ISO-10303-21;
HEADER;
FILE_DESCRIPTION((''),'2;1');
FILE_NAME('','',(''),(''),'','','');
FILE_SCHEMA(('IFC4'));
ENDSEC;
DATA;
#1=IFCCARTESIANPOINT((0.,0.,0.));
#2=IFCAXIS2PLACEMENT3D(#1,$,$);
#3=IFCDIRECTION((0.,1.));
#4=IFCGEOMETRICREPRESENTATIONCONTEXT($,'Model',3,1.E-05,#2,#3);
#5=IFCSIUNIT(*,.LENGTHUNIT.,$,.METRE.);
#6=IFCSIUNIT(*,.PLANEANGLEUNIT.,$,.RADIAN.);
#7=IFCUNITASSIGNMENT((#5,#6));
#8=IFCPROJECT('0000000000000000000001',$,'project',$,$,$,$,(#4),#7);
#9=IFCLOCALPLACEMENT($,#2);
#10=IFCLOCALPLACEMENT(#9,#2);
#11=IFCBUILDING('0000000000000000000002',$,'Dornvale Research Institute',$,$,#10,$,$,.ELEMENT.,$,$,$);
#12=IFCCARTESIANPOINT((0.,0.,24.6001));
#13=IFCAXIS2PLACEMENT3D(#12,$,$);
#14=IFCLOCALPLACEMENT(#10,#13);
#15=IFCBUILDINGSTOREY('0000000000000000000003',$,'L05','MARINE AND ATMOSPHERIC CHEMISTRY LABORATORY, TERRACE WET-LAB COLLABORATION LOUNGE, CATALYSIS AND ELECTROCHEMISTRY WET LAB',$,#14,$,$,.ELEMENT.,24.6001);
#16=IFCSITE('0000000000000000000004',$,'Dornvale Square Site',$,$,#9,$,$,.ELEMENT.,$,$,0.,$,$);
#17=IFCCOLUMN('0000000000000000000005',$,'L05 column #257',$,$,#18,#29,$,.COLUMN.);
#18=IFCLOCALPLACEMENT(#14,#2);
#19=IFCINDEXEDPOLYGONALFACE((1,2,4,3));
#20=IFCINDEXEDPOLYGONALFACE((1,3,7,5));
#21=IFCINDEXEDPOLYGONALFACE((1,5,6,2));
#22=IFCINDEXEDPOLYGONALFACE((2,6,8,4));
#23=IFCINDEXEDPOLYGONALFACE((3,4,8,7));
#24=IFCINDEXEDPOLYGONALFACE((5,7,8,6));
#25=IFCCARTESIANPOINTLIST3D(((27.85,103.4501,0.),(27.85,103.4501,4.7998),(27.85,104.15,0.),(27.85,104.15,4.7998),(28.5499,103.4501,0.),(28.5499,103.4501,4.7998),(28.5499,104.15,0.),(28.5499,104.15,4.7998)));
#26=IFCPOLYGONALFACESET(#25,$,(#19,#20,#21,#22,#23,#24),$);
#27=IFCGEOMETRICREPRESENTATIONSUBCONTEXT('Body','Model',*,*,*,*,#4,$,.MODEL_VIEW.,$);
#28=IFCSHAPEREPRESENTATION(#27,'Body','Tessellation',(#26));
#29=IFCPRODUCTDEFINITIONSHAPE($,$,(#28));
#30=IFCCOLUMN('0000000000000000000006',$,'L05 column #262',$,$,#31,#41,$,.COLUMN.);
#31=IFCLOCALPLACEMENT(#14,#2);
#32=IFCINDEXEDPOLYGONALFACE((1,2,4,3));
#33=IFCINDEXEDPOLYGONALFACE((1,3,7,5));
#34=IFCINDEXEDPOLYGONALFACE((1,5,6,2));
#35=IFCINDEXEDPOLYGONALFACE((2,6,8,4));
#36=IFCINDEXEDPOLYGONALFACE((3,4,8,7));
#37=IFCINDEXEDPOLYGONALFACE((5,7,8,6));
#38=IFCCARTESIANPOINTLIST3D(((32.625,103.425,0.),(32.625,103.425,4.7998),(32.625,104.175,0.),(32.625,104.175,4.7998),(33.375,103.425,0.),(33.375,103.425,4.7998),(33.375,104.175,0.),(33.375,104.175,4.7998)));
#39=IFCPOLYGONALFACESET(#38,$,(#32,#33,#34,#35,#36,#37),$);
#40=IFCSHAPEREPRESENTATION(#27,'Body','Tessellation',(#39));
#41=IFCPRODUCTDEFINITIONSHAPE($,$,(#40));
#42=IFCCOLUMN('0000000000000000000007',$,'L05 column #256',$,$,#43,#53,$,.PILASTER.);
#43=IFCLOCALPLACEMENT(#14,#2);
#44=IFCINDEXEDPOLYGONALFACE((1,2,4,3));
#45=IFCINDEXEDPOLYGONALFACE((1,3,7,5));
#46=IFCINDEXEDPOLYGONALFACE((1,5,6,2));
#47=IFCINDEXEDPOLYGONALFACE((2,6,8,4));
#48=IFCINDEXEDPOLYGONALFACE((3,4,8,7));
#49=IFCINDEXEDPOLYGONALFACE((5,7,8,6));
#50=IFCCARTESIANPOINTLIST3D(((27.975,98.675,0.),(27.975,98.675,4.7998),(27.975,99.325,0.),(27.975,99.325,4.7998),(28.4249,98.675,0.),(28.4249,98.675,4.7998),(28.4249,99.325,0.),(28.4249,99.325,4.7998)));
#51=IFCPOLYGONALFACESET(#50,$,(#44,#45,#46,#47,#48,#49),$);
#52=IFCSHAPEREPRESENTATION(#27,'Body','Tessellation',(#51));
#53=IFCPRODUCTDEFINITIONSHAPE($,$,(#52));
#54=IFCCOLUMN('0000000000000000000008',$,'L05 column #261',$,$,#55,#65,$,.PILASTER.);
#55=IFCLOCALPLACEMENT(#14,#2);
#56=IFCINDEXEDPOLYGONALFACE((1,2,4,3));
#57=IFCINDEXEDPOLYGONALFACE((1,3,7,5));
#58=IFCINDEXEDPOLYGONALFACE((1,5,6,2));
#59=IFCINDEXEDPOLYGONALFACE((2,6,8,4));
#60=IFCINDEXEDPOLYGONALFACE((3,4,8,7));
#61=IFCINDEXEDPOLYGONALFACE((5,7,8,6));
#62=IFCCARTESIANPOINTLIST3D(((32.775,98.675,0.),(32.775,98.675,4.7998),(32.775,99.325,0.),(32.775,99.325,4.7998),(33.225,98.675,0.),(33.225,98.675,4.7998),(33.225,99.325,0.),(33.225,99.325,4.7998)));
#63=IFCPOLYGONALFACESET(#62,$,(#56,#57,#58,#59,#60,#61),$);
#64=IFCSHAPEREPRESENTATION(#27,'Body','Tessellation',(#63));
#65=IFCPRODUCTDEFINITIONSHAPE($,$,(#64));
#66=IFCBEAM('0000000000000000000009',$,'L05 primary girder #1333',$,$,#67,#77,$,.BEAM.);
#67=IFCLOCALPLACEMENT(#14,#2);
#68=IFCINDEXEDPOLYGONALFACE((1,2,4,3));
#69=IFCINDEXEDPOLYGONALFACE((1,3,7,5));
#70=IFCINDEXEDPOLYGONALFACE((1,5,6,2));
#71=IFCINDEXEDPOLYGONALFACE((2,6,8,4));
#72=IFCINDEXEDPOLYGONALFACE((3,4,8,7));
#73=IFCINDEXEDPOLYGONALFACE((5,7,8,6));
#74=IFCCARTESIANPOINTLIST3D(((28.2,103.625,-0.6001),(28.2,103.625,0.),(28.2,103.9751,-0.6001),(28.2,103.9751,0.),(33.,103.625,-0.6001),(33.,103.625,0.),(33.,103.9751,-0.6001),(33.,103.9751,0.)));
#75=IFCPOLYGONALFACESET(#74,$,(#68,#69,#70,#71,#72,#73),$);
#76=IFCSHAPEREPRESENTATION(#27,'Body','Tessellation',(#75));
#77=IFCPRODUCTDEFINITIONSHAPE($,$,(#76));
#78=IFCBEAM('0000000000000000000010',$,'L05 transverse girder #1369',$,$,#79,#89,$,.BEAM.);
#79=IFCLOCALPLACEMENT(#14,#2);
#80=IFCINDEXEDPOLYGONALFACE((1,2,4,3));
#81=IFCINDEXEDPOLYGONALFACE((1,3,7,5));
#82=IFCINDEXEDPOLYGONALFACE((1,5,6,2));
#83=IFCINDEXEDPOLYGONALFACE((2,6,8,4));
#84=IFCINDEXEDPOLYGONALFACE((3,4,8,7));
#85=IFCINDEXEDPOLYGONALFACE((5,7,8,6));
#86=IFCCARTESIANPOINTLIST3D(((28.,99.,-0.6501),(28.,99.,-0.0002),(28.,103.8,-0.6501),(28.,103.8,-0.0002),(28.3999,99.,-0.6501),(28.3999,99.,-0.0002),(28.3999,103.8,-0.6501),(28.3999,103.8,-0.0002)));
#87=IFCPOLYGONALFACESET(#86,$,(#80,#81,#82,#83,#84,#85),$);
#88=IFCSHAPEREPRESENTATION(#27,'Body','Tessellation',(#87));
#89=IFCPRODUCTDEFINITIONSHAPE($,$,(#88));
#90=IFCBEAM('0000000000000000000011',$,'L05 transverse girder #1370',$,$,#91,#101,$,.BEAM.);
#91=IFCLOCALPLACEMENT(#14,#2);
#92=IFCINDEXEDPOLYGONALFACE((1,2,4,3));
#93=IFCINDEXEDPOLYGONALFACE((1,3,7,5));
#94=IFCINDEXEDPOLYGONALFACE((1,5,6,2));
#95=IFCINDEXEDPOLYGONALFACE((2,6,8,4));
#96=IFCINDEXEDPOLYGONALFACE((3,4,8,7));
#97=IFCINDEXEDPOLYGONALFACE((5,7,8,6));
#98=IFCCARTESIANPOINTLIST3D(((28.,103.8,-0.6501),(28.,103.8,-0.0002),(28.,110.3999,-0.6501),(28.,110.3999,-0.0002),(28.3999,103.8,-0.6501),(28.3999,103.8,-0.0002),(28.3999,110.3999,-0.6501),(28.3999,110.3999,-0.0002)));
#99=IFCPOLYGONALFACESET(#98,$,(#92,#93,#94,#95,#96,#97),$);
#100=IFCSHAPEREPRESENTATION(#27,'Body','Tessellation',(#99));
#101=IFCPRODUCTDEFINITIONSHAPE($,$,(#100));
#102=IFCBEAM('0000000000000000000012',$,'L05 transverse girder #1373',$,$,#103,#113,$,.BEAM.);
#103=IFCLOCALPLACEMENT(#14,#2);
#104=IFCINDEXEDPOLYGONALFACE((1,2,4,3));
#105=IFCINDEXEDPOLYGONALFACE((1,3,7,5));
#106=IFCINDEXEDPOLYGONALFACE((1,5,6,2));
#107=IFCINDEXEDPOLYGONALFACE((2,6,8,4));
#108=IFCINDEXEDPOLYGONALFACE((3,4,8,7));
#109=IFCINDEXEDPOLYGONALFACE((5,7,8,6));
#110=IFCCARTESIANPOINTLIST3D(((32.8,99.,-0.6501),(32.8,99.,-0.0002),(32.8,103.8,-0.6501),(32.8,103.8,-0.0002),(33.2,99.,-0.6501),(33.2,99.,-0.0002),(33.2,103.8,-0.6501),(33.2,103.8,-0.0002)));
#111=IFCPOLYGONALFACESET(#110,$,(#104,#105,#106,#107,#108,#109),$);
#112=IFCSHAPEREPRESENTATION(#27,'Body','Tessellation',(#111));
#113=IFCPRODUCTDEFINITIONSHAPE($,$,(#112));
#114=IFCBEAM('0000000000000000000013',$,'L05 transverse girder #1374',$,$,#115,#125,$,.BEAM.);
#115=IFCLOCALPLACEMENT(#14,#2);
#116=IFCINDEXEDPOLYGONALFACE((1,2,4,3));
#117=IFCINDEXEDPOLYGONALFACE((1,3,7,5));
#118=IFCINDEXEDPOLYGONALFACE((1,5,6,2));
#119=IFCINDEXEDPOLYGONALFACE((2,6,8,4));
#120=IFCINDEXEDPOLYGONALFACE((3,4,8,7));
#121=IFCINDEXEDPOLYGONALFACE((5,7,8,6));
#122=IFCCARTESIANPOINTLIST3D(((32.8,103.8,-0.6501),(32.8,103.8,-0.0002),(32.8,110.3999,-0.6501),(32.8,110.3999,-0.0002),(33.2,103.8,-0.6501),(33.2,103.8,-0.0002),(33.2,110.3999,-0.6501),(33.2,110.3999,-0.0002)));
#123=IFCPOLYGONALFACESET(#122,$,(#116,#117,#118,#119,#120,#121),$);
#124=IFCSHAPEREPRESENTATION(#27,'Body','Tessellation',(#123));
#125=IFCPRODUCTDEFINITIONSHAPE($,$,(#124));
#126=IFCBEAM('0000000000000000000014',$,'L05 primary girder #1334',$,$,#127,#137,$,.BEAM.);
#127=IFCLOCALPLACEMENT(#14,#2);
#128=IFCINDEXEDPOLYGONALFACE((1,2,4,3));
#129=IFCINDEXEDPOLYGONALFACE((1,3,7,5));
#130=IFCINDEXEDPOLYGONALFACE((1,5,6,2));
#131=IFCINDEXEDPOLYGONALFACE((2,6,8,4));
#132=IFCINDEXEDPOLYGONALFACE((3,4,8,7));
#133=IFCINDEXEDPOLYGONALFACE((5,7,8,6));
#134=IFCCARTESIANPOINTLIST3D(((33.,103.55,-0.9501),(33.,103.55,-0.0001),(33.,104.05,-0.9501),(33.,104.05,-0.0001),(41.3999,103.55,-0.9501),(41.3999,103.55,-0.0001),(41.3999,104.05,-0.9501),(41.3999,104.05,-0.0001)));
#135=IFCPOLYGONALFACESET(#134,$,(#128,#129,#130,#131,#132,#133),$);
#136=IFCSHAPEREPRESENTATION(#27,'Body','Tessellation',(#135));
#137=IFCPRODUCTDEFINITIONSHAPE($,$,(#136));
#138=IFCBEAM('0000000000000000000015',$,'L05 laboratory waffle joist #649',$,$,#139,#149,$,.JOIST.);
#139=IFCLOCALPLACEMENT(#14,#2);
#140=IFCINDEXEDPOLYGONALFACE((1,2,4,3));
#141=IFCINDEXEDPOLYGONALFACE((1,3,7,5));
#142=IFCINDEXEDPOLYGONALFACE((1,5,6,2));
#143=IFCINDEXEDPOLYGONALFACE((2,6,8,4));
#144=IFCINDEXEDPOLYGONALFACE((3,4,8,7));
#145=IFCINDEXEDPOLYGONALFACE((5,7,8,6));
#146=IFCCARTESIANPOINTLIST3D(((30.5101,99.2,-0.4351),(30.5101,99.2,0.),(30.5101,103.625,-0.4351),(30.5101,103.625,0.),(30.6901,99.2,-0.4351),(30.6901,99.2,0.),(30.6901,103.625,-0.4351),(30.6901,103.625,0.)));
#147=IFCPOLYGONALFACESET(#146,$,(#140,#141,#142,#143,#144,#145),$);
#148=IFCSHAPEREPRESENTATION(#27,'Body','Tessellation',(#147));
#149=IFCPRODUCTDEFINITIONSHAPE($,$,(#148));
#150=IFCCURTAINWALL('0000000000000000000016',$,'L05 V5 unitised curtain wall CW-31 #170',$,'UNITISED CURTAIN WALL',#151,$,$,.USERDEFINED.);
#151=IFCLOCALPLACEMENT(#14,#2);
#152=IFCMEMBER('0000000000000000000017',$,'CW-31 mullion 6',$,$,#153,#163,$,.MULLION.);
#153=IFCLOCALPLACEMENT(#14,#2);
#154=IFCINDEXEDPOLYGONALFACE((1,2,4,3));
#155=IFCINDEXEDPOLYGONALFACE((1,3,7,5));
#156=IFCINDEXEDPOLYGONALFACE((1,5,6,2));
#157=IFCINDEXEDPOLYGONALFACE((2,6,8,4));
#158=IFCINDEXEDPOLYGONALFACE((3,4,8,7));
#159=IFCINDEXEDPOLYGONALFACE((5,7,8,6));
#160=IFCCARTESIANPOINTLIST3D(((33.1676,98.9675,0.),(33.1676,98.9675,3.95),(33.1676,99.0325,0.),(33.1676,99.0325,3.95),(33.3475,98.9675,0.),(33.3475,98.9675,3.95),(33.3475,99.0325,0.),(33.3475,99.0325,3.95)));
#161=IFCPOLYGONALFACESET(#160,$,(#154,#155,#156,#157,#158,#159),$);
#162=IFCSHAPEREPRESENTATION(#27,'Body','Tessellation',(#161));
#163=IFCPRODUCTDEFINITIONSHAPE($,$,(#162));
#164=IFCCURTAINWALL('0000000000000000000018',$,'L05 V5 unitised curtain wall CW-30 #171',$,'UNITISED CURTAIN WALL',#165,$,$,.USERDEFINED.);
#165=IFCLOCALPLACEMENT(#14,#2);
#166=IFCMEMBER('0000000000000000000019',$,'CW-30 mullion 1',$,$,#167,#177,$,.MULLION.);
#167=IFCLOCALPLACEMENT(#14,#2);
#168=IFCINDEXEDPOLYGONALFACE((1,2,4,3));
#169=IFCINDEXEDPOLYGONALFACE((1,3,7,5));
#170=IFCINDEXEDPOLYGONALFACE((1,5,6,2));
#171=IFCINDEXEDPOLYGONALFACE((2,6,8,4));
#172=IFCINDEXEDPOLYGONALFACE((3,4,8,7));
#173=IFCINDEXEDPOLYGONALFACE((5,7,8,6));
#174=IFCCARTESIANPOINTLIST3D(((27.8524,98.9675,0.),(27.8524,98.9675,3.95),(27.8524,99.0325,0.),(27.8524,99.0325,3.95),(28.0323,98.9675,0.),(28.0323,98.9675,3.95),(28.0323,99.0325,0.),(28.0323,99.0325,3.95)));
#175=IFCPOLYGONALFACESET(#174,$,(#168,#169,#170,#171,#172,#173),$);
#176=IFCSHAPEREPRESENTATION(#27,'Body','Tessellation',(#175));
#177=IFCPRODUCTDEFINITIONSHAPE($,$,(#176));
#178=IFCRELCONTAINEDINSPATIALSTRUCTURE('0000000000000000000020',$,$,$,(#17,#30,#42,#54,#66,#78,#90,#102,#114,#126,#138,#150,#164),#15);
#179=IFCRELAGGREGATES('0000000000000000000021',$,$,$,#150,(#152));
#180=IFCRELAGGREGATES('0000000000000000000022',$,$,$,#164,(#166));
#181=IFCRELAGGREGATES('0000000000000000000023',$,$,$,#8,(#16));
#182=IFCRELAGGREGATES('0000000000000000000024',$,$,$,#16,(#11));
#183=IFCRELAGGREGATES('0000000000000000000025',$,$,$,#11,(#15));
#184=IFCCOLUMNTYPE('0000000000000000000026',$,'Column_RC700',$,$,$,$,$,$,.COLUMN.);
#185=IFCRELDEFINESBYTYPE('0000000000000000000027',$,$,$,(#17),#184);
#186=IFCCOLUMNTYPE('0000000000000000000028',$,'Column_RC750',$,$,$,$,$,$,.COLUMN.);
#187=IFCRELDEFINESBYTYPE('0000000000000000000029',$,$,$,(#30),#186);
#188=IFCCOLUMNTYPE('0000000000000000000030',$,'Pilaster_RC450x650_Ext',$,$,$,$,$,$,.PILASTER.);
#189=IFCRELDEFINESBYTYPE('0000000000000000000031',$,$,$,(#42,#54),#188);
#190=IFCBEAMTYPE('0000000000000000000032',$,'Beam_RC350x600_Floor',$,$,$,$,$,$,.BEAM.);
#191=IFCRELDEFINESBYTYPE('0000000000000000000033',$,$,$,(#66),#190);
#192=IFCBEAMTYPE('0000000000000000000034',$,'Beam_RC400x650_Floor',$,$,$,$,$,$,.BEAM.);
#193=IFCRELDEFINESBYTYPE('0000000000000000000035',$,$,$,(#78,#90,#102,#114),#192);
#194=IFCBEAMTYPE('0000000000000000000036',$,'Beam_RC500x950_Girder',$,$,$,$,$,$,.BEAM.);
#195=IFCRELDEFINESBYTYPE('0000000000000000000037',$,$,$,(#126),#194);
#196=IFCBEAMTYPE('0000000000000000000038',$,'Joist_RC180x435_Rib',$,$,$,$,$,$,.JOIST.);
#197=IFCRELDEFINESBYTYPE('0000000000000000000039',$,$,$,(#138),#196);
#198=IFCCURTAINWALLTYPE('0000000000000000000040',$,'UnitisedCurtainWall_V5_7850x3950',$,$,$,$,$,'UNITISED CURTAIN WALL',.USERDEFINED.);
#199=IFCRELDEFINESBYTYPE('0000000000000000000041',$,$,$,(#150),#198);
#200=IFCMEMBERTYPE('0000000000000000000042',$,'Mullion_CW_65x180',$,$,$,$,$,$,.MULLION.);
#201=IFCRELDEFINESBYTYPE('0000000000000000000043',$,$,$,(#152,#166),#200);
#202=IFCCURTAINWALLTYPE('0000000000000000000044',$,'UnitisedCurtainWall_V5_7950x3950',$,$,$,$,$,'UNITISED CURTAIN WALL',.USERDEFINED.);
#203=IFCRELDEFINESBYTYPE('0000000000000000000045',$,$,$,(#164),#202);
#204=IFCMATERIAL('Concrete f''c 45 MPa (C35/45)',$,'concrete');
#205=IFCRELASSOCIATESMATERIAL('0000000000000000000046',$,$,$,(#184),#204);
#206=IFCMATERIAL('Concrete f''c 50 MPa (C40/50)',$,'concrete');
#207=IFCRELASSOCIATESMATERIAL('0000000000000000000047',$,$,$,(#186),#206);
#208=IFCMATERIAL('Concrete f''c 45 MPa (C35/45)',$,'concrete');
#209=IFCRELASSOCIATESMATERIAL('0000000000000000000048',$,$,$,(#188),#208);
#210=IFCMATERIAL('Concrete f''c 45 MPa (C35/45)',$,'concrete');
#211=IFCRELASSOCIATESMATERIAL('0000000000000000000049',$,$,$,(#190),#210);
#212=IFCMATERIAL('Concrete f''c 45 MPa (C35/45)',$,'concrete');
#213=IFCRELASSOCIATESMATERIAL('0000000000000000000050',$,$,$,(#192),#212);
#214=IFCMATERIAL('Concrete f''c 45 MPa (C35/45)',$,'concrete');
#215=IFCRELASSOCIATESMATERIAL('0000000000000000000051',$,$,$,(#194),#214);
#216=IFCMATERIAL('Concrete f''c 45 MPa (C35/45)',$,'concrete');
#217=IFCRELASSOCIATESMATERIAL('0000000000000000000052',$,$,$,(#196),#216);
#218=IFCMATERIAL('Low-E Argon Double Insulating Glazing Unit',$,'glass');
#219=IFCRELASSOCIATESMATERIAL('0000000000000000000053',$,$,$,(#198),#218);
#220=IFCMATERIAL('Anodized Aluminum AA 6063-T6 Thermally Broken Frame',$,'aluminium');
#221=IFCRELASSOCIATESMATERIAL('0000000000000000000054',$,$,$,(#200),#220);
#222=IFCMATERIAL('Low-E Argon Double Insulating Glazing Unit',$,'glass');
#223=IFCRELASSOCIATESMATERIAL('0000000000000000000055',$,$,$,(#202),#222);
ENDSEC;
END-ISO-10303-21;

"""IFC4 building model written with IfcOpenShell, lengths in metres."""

from ifc_helpers import new_model, si_unit, direction, frame, origin, origin_2d, place, context, subcontext, project, spatial, rectangle, extrude, material, material_profile, profile_set, type_object, element, aggregate, save


model = new_model("IFC4")

# Units and contexts
model_context = context("Model", 3, precision=1e-05, world=origin(), true_north=direction((0.0, 1.0)))
body_context = subcontext(model_context, "Body", "Model", "MODEL_VIEW")
ifc_project = project(units=[si_unit("LENGTHUNIT", "METRE"), si_unit("PLANEANGLEUNIT", "RADIAN")], contexts=[model_context])

# Site, building, storey
site_placement = place(None, origin())
site = spatial("IfcSite", under=ifc_project, at=site_placement, Name="Dornvale Square Site", CompositionType="ELEMENT", RefElevation=0.0)
building_placement = place(site_placement, origin())
building = spatial("IfcBuilding", under=site, at=building_placement, Name="Dornvale Research Institute", CompositionType="ELEMENT")
storey_placement = place(building_placement, frame((0.0, 0.0, 24.6001)))
storey = spatial("IfcBuildingStorey", under=building, at=storey_placement, Name="L05", Description="MARINE AND ATMOSPHERIC CHEMISTRY LABORATORY, TERRACE WET-LAB COLLABORATION LOUNGE, CATALYSIS AND ELECTROCHEMISTRY WET LAB", CompositionType="ELEMENT", Elevation=24.6001)

# Columns
ifc_material_1 = material(Name="Concrete f'c 45 MPa (C35/45)", Category="concrete")
ifc_material_profile_1 = material_profile(ifc_material_1, rectangle(XDim=0.7, YDim=0.7, at=origin_2d()), Name="RC 700x700")
ifc_profile_set_1 = profile_set([ifc_material_profile_1], Name="Concrete f'c 45 MPa (C35/45)")
column_type_1 = type_object("IfcColumnType", Name="Column_RC700", PredefinedType="COLUMN", material=ifc_profile_set_1)
column_1_placement = place(storey_placement, frame((28.2, 103.8, 0.0), z_axis=(0.0, 0.0, 1.0), x_axis=(1.0, 0.0, 0.0)))
element("IfcColumn", 1, at=column_1_placement, inside=storey, type_object=column_type_1, Name="L05 column #257", PredefinedType="COLUMN", context=body_context, shape_type="SweptSolid", body=[
    extrude(rectangle(XDim=0.7, YDim=0.7, at=origin_2d()), origin(), (0.0, 0.0, 1.0), 4.7998),
])
ifc_material_2 = material(Name="Concrete f'c 50 MPa (C40/50)", Category="concrete")
ifc_material_profile_2 = material_profile(ifc_material_2, rectangle(XDim=0.75, YDim=0.75, at=origin_2d()), Name="RC 750x750")
ifc_profile_set_2 = profile_set([ifc_material_profile_2], Name="Concrete f'c 50 MPa (C40/50)")
column_type_2 = type_object("IfcColumnType", Name="Column_RC750", PredefinedType="COLUMN", material=ifc_profile_set_2)
column_2_placement = place(storey_placement, frame((33.0, 103.8, 0.0), z_axis=(0.0, 0.0, 1.0), x_axis=(1.0, 0.0, 0.0)))
element("IfcColumn", 2, at=column_2_placement, inside=storey, type_object=column_type_2, Name="L05 column #262", PredefinedType="COLUMN", context=body_context, shape_type="SweptSolid", body=[
    extrude(rectangle(XDim=0.75, YDim=0.75, at=origin_2d()), origin(), (0.0, 0.0, 1.0), 4.7998),
])
ifc_material_3 = material(Name="Concrete f'c 45 MPa (C35/45)", Category="concrete")
ifc_material_profile_3 = material_profile(ifc_material_3, rectangle(XDim=0.45, YDim=0.6499, at=origin_2d()), Name="RC 450x650")
ifc_profile_set_3 = profile_set([ifc_material_profile_3], Name="Concrete f'c 45 MPa (C35/45)")
column_type_3 = type_object("IfcColumnType", Name="Pilaster_RC450x650_Ext", PredefinedType="PILASTER", material=ifc_profile_set_3)
for number, where, z_axis, x_axis, name in (
    (3, (28.2, 99.0, 0.0), (0.0, 0.0, 1.0), (1.0, 0.0, 0.0), "L05 column #256"),
    (4, (33.0, 99.0, 0.0), (0.0, 0.0, 1.0), (1.0, 0.0, 0.0), "L05 column #261"),
):
    element("IfcColumn", number, at=place(storey_placement, frame(where, z_axis=z_axis, x_axis=x_axis)), inside=storey, type_object=column_type_3, Name=name, PredefinedType="PILASTER", context=body_context, shape_type="SweptSolid", body=[
        extrude(rectangle(XDim=0.45, YDim=0.6499, at=origin_2d()), origin(), (0.0, 0.0, 1.0), 4.7998),
    ])

# Beams
ifc_material_4 = material(Name="Concrete f'c 45 MPa (C35/45)", Category="concrete")
ifc_material_profile_4 = material_profile(ifc_material_4, rectangle(XDim=0.3501, YDim=0.6001, at=origin_2d()), Name="RC 350x600")
ifc_profile_set_4 = profile_set([ifc_material_profile_4], Name="Concrete f'c 45 MPa (C35/45)")
beam_type_1 = type_object("IfcBeamType", Name="Beam_RC350x600_Floor", PredefinedType="BEAM", material=ifc_profile_set_4)
beam_1_placement = place(storey_placement, frame((28.2, 103.8, -0.3), z_axis=(1.0, 0.0, 0.0), x_axis=(0.0, 1.0, 0.0)))
element("IfcBeam", 5, at=beam_1_placement, inside=storey, type_object=beam_type_1, Name="L05 primary girder #1333", PredefinedType="BEAM", context=body_context, shape_type="SweptSolid", body=[
    extrude(rectangle(XDim=0.3501, YDim=0.6001, at=origin_2d()), origin(), (0.0, 0.0, 1.0), 4.8),
])
ifc_material_5 = material(Name="Concrete f'c 45 MPa (C35/45)", Category="concrete")
ifc_material_profile_5 = material_profile(ifc_material_5, rectangle(XDim=0.3999, YDim=0.6499, at=origin_2d()), Name="RC 400x650")
ifc_profile_set_5 = profile_set([ifc_material_profile_5], Name="Concrete f'c 45 MPa (C35/45)")
beam_type_2 = type_object("IfcBeamType", Name="Beam_RC400x650_Floor", PredefinedType="BEAM", material=ifc_profile_set_5)
beam_2_placement = place(storey_placement, frame((28.2, 99.0, -0.3252), z_axis=(0.0, 1.0, 0.0), x_axis=(-1.0, 0.0, 0.0)))
element("IfcBeam", 6, at=beam_2_placement, inside=storey, type_object=beam_type_2, Name="L05 transverse girder #1369", PredefinedType="BEAM", context=body_context, shape_type="SweptSolid", body=[
    extrude(rectangle(XDim=0.3999, YDim=0.6499, at=origin_2d()), origin(), (0.0, 0.0, 1.0), 4.8),
])
beam_3_placement = place(storey_placement, frame((28.2, 103.8, -0.3252), z_axis=(0.0, 1.0, 0.0), x_axis=(-1.0, 0.0, 0.0)))
element("IfcBeam", 7, at=beam_3_placement, inside=storey, type_object=beam_type_2, Name="L05 transverse girder #1370", PredefinedType="BEAM", context=body_context, shape_type="SweptSolid", body=[
    extrude(rectangle(XDim=0.3999, YDim=0.6499, at=origin_2d()), origin(), (0.0, 0.0, 1.0), 6.5999),
])
beam_4_placement = place(storey_placement, frame((33.0, 99.0, -0.3252), z_axis=(0.0, 1.0, 0.0), x_axis=(-1.0, 0.0, 0.0)))
element("IfcBeam", 8, at=beam_4_placement, inside=storey, type_object=beam_type_2, Name="L05 transverse girder #1373", PredefinedType="BEAM", context=body_context, shape_type="SweptSolid", body=[
    extrude(rectangle(XDim=0.3999, YDim=0.6499, at=origin_2d()), origin(), (0.0, 0.0, 1.0), 4.8),
])
beam_5_placement = place(storey_placement, frame((33.0, 103.8, -0.3252), z_axis=(0.0, 1.0, 0.0), x_axis=(-1.0, 0.0, 0.0)))
element("IfcBeam", 9, at=beam_5_placement, inside=storey, type_object=beam_type_2, Name="L05 transverse girder #1374", PredefinedType="BEAM", context=body_context, shape_type="SweptSolid", body=[
    extrude(rectangle(XDim=0.3999, YDim=0.6499, at=origin_2d()), origin(), (0.0, 0.0, 1.0), 6.5999),
])
ifc_material_6 = material(Name="Concrete f'c 45 MPa (C35/45)", Category="concrete")
ifc_material_profile_6 = material_profile(ifc_material_6, rectangle(XDim=0.5, YDim=0.95, at=origin_2d()), Name="RC 500x950")
ifc_profile_set_6 = profile_set([ifc_material_profile_6], Name="Concrete f'c 45 MPa (C35/45)")
beam_type_3 = type_object("IfcBeamType", Name="Beam_RC500x950_Girder", PredefinedType="BEAM", material=ifc_profile_set_6)
beam_6_placement = place(storey_placement, frame((33.0, 103.8, -0.4751), z_axis=(1.0, 0.0, 0.0), x_axis=(0.0, 1.0, 0.0)))
element("IfcBeam", 10, at=beam_6_placement, inside=storey, type_object=beam_type_3, Name="L05 primary girder #1334", PredefinedType="BEAM", context=body_context, shape_type="SweptSolid", body=[
    extrude(rectangle(XDim=0.5, YDim=0.95, at=origin_2d()), origin(), (0.0, 0.0, 1.0), 8.3999),
])
ifc_material_7 = material(Name="Concrete f'c 45 MPa (C35/45)", Category="concrete")
ifc_material_profile_7 = material_profile(ifc_material_7, rectangle(XDim=0.1799, YDim=0.4351, at=origin_2d()), Name="RC 180x435")
ifc_profile_set_7 = profile_set([ifc_material_profile_7], Name="Concrete f'c 45 MPa (C35/45)")
beam_type_4 = type_object("IfcBeamType", Name="Joist_RC180x435_Rib", PredefinedType="JOIST", material=ifc_profile_set_7)
beam_7_placement = place(storey_placement, frame((30.6001, 99.2, -0.2175), z_axis=(0.0, 1.0, 0.0), x_axis=(-1.0, 0.0, 0.0)))
element("IfcBeam", 11, at=beam_7_placement, inside=storey, type_object=beam_type_4, Name="L05 laboratory waffle joist #649", PredefinedType="JOIST", context=body_context, shape_type="SweptSolid", body=[
    extrude(rectangle(XDim=0.1799, YDim=0.4351, at=origin_2d()), origin(), (0.0, 0.0, 1.0), 4.425),
])

# Curtain walls, members
ifc_material_8 = material(Name="Low-E Argon Double Insulating Glazing Unit", Category="glass")
curtain_wall_type_1 = type_object("IfcCurtainWallType", Name="UnitisedCurtainWall_V5_7850x3950", ElementType="UNITISED CURTAIN WALL", PredefinedType="USERDEFINED", material=ifc_material_8)
curtain_wall_1_placement = place(storey_placement, origin())
curtain_wall_1 = element("IfcCurtainWall", 12, at=curtain_wall_1_placement, inside=storey, type_object=curtain_wall_type_1, Name="L05 V5 unitised curtain wall CW-31 #170", ObjectType="UNITISED CURTAIN WALL", PredefinedType="USERDEFINED")
ifc_material_9 = material(Name="Anodized Aluminum AA 6063-T6 Thermally Broken Frame", Category="aluminium")
ifc_material_profile_8 = material_profile(ifc_material_9, rectangle(XDim=0.0649, YDim=0.1799, at=origin_2d()), Name="ALU MULLION 65x180")
ifc_profile_set_8 = profile_set([ifc_material_profile_8], Name="Anodized Aluminum AA 6063-T6 Thermally Broken Frame")
member_type_1 = type_object("IfcMemberType", Name="Mullion_CW_65x180", PredefinedType="MULLION", material=ifc_profile_set_8)
member_1_placement = place(storey_placement, frame((33.2576, 99.0, 0.0), z_axis=(0.0, 0.0, 1.0), x_axis=(0.0, -1.0, 0.0)))
member_1 = element("IfcMember", 13, at=member_1_placement, type_object=member_type_1, Name="CW-31 mullion 6", PredefinedType="MULLION", context=body_context, shape_type="SweptSolid", body=[
    extrude(rectangle(XDim=0.0649, YDim=0.1799, at=origin_2d()), origin(), (0.0, 0.0, 1.0), 3.95),
])
aggregate(curtain_wall_1, [member_1])
ifc_material_10 = material(Name="Low-E Argon Double Insulating Glazing Unit", Category="glass")
curtain_wall_type_2 = type_object("IfcCurtainWallType", Name="UnitisedCurtainWall_V5_7950x3950", ElementType="UNITISED CURTAIN WALL", PredefinedType="USERDEFINED", material=ifc_material_10)
curtain_wall_2_placement = place(storey_placement, origin())
curtain_wall_2 = element("IfcCurtainWall", 14, at=curtain_wall_2_placement, inside=storey, type_object=curtain_wall_type_2, Name="L05 V5 unitised curtain wall CW-30 #171", ObjectType="UNITISED CURTAIN WALL", PredefinedType="USERDEFINED")
member_2_placement = place(storey_placement, frame((27.9424, 99.0, 0.0), z_axis=(0.0, 0.0, 1.0), x_axis=(0.0, -1.0, 0.0)))
member_2 = element("IfcMember", 15, at=member_2_placement, type_object=member_type_1, Name="CW-30 mullion 1", PredefinedType="MULLION", context=body_context, shape_type="SweptSolid", body=[
    extrude(rectangle(XDim=0.0649, YDim=0.1799, at=origin_2d()), origin(), (0.0, 0.0, 1.0), 3.95),
])

aggregate(curtain_wall_2, [member_2])

save(model, "model.ifc")
